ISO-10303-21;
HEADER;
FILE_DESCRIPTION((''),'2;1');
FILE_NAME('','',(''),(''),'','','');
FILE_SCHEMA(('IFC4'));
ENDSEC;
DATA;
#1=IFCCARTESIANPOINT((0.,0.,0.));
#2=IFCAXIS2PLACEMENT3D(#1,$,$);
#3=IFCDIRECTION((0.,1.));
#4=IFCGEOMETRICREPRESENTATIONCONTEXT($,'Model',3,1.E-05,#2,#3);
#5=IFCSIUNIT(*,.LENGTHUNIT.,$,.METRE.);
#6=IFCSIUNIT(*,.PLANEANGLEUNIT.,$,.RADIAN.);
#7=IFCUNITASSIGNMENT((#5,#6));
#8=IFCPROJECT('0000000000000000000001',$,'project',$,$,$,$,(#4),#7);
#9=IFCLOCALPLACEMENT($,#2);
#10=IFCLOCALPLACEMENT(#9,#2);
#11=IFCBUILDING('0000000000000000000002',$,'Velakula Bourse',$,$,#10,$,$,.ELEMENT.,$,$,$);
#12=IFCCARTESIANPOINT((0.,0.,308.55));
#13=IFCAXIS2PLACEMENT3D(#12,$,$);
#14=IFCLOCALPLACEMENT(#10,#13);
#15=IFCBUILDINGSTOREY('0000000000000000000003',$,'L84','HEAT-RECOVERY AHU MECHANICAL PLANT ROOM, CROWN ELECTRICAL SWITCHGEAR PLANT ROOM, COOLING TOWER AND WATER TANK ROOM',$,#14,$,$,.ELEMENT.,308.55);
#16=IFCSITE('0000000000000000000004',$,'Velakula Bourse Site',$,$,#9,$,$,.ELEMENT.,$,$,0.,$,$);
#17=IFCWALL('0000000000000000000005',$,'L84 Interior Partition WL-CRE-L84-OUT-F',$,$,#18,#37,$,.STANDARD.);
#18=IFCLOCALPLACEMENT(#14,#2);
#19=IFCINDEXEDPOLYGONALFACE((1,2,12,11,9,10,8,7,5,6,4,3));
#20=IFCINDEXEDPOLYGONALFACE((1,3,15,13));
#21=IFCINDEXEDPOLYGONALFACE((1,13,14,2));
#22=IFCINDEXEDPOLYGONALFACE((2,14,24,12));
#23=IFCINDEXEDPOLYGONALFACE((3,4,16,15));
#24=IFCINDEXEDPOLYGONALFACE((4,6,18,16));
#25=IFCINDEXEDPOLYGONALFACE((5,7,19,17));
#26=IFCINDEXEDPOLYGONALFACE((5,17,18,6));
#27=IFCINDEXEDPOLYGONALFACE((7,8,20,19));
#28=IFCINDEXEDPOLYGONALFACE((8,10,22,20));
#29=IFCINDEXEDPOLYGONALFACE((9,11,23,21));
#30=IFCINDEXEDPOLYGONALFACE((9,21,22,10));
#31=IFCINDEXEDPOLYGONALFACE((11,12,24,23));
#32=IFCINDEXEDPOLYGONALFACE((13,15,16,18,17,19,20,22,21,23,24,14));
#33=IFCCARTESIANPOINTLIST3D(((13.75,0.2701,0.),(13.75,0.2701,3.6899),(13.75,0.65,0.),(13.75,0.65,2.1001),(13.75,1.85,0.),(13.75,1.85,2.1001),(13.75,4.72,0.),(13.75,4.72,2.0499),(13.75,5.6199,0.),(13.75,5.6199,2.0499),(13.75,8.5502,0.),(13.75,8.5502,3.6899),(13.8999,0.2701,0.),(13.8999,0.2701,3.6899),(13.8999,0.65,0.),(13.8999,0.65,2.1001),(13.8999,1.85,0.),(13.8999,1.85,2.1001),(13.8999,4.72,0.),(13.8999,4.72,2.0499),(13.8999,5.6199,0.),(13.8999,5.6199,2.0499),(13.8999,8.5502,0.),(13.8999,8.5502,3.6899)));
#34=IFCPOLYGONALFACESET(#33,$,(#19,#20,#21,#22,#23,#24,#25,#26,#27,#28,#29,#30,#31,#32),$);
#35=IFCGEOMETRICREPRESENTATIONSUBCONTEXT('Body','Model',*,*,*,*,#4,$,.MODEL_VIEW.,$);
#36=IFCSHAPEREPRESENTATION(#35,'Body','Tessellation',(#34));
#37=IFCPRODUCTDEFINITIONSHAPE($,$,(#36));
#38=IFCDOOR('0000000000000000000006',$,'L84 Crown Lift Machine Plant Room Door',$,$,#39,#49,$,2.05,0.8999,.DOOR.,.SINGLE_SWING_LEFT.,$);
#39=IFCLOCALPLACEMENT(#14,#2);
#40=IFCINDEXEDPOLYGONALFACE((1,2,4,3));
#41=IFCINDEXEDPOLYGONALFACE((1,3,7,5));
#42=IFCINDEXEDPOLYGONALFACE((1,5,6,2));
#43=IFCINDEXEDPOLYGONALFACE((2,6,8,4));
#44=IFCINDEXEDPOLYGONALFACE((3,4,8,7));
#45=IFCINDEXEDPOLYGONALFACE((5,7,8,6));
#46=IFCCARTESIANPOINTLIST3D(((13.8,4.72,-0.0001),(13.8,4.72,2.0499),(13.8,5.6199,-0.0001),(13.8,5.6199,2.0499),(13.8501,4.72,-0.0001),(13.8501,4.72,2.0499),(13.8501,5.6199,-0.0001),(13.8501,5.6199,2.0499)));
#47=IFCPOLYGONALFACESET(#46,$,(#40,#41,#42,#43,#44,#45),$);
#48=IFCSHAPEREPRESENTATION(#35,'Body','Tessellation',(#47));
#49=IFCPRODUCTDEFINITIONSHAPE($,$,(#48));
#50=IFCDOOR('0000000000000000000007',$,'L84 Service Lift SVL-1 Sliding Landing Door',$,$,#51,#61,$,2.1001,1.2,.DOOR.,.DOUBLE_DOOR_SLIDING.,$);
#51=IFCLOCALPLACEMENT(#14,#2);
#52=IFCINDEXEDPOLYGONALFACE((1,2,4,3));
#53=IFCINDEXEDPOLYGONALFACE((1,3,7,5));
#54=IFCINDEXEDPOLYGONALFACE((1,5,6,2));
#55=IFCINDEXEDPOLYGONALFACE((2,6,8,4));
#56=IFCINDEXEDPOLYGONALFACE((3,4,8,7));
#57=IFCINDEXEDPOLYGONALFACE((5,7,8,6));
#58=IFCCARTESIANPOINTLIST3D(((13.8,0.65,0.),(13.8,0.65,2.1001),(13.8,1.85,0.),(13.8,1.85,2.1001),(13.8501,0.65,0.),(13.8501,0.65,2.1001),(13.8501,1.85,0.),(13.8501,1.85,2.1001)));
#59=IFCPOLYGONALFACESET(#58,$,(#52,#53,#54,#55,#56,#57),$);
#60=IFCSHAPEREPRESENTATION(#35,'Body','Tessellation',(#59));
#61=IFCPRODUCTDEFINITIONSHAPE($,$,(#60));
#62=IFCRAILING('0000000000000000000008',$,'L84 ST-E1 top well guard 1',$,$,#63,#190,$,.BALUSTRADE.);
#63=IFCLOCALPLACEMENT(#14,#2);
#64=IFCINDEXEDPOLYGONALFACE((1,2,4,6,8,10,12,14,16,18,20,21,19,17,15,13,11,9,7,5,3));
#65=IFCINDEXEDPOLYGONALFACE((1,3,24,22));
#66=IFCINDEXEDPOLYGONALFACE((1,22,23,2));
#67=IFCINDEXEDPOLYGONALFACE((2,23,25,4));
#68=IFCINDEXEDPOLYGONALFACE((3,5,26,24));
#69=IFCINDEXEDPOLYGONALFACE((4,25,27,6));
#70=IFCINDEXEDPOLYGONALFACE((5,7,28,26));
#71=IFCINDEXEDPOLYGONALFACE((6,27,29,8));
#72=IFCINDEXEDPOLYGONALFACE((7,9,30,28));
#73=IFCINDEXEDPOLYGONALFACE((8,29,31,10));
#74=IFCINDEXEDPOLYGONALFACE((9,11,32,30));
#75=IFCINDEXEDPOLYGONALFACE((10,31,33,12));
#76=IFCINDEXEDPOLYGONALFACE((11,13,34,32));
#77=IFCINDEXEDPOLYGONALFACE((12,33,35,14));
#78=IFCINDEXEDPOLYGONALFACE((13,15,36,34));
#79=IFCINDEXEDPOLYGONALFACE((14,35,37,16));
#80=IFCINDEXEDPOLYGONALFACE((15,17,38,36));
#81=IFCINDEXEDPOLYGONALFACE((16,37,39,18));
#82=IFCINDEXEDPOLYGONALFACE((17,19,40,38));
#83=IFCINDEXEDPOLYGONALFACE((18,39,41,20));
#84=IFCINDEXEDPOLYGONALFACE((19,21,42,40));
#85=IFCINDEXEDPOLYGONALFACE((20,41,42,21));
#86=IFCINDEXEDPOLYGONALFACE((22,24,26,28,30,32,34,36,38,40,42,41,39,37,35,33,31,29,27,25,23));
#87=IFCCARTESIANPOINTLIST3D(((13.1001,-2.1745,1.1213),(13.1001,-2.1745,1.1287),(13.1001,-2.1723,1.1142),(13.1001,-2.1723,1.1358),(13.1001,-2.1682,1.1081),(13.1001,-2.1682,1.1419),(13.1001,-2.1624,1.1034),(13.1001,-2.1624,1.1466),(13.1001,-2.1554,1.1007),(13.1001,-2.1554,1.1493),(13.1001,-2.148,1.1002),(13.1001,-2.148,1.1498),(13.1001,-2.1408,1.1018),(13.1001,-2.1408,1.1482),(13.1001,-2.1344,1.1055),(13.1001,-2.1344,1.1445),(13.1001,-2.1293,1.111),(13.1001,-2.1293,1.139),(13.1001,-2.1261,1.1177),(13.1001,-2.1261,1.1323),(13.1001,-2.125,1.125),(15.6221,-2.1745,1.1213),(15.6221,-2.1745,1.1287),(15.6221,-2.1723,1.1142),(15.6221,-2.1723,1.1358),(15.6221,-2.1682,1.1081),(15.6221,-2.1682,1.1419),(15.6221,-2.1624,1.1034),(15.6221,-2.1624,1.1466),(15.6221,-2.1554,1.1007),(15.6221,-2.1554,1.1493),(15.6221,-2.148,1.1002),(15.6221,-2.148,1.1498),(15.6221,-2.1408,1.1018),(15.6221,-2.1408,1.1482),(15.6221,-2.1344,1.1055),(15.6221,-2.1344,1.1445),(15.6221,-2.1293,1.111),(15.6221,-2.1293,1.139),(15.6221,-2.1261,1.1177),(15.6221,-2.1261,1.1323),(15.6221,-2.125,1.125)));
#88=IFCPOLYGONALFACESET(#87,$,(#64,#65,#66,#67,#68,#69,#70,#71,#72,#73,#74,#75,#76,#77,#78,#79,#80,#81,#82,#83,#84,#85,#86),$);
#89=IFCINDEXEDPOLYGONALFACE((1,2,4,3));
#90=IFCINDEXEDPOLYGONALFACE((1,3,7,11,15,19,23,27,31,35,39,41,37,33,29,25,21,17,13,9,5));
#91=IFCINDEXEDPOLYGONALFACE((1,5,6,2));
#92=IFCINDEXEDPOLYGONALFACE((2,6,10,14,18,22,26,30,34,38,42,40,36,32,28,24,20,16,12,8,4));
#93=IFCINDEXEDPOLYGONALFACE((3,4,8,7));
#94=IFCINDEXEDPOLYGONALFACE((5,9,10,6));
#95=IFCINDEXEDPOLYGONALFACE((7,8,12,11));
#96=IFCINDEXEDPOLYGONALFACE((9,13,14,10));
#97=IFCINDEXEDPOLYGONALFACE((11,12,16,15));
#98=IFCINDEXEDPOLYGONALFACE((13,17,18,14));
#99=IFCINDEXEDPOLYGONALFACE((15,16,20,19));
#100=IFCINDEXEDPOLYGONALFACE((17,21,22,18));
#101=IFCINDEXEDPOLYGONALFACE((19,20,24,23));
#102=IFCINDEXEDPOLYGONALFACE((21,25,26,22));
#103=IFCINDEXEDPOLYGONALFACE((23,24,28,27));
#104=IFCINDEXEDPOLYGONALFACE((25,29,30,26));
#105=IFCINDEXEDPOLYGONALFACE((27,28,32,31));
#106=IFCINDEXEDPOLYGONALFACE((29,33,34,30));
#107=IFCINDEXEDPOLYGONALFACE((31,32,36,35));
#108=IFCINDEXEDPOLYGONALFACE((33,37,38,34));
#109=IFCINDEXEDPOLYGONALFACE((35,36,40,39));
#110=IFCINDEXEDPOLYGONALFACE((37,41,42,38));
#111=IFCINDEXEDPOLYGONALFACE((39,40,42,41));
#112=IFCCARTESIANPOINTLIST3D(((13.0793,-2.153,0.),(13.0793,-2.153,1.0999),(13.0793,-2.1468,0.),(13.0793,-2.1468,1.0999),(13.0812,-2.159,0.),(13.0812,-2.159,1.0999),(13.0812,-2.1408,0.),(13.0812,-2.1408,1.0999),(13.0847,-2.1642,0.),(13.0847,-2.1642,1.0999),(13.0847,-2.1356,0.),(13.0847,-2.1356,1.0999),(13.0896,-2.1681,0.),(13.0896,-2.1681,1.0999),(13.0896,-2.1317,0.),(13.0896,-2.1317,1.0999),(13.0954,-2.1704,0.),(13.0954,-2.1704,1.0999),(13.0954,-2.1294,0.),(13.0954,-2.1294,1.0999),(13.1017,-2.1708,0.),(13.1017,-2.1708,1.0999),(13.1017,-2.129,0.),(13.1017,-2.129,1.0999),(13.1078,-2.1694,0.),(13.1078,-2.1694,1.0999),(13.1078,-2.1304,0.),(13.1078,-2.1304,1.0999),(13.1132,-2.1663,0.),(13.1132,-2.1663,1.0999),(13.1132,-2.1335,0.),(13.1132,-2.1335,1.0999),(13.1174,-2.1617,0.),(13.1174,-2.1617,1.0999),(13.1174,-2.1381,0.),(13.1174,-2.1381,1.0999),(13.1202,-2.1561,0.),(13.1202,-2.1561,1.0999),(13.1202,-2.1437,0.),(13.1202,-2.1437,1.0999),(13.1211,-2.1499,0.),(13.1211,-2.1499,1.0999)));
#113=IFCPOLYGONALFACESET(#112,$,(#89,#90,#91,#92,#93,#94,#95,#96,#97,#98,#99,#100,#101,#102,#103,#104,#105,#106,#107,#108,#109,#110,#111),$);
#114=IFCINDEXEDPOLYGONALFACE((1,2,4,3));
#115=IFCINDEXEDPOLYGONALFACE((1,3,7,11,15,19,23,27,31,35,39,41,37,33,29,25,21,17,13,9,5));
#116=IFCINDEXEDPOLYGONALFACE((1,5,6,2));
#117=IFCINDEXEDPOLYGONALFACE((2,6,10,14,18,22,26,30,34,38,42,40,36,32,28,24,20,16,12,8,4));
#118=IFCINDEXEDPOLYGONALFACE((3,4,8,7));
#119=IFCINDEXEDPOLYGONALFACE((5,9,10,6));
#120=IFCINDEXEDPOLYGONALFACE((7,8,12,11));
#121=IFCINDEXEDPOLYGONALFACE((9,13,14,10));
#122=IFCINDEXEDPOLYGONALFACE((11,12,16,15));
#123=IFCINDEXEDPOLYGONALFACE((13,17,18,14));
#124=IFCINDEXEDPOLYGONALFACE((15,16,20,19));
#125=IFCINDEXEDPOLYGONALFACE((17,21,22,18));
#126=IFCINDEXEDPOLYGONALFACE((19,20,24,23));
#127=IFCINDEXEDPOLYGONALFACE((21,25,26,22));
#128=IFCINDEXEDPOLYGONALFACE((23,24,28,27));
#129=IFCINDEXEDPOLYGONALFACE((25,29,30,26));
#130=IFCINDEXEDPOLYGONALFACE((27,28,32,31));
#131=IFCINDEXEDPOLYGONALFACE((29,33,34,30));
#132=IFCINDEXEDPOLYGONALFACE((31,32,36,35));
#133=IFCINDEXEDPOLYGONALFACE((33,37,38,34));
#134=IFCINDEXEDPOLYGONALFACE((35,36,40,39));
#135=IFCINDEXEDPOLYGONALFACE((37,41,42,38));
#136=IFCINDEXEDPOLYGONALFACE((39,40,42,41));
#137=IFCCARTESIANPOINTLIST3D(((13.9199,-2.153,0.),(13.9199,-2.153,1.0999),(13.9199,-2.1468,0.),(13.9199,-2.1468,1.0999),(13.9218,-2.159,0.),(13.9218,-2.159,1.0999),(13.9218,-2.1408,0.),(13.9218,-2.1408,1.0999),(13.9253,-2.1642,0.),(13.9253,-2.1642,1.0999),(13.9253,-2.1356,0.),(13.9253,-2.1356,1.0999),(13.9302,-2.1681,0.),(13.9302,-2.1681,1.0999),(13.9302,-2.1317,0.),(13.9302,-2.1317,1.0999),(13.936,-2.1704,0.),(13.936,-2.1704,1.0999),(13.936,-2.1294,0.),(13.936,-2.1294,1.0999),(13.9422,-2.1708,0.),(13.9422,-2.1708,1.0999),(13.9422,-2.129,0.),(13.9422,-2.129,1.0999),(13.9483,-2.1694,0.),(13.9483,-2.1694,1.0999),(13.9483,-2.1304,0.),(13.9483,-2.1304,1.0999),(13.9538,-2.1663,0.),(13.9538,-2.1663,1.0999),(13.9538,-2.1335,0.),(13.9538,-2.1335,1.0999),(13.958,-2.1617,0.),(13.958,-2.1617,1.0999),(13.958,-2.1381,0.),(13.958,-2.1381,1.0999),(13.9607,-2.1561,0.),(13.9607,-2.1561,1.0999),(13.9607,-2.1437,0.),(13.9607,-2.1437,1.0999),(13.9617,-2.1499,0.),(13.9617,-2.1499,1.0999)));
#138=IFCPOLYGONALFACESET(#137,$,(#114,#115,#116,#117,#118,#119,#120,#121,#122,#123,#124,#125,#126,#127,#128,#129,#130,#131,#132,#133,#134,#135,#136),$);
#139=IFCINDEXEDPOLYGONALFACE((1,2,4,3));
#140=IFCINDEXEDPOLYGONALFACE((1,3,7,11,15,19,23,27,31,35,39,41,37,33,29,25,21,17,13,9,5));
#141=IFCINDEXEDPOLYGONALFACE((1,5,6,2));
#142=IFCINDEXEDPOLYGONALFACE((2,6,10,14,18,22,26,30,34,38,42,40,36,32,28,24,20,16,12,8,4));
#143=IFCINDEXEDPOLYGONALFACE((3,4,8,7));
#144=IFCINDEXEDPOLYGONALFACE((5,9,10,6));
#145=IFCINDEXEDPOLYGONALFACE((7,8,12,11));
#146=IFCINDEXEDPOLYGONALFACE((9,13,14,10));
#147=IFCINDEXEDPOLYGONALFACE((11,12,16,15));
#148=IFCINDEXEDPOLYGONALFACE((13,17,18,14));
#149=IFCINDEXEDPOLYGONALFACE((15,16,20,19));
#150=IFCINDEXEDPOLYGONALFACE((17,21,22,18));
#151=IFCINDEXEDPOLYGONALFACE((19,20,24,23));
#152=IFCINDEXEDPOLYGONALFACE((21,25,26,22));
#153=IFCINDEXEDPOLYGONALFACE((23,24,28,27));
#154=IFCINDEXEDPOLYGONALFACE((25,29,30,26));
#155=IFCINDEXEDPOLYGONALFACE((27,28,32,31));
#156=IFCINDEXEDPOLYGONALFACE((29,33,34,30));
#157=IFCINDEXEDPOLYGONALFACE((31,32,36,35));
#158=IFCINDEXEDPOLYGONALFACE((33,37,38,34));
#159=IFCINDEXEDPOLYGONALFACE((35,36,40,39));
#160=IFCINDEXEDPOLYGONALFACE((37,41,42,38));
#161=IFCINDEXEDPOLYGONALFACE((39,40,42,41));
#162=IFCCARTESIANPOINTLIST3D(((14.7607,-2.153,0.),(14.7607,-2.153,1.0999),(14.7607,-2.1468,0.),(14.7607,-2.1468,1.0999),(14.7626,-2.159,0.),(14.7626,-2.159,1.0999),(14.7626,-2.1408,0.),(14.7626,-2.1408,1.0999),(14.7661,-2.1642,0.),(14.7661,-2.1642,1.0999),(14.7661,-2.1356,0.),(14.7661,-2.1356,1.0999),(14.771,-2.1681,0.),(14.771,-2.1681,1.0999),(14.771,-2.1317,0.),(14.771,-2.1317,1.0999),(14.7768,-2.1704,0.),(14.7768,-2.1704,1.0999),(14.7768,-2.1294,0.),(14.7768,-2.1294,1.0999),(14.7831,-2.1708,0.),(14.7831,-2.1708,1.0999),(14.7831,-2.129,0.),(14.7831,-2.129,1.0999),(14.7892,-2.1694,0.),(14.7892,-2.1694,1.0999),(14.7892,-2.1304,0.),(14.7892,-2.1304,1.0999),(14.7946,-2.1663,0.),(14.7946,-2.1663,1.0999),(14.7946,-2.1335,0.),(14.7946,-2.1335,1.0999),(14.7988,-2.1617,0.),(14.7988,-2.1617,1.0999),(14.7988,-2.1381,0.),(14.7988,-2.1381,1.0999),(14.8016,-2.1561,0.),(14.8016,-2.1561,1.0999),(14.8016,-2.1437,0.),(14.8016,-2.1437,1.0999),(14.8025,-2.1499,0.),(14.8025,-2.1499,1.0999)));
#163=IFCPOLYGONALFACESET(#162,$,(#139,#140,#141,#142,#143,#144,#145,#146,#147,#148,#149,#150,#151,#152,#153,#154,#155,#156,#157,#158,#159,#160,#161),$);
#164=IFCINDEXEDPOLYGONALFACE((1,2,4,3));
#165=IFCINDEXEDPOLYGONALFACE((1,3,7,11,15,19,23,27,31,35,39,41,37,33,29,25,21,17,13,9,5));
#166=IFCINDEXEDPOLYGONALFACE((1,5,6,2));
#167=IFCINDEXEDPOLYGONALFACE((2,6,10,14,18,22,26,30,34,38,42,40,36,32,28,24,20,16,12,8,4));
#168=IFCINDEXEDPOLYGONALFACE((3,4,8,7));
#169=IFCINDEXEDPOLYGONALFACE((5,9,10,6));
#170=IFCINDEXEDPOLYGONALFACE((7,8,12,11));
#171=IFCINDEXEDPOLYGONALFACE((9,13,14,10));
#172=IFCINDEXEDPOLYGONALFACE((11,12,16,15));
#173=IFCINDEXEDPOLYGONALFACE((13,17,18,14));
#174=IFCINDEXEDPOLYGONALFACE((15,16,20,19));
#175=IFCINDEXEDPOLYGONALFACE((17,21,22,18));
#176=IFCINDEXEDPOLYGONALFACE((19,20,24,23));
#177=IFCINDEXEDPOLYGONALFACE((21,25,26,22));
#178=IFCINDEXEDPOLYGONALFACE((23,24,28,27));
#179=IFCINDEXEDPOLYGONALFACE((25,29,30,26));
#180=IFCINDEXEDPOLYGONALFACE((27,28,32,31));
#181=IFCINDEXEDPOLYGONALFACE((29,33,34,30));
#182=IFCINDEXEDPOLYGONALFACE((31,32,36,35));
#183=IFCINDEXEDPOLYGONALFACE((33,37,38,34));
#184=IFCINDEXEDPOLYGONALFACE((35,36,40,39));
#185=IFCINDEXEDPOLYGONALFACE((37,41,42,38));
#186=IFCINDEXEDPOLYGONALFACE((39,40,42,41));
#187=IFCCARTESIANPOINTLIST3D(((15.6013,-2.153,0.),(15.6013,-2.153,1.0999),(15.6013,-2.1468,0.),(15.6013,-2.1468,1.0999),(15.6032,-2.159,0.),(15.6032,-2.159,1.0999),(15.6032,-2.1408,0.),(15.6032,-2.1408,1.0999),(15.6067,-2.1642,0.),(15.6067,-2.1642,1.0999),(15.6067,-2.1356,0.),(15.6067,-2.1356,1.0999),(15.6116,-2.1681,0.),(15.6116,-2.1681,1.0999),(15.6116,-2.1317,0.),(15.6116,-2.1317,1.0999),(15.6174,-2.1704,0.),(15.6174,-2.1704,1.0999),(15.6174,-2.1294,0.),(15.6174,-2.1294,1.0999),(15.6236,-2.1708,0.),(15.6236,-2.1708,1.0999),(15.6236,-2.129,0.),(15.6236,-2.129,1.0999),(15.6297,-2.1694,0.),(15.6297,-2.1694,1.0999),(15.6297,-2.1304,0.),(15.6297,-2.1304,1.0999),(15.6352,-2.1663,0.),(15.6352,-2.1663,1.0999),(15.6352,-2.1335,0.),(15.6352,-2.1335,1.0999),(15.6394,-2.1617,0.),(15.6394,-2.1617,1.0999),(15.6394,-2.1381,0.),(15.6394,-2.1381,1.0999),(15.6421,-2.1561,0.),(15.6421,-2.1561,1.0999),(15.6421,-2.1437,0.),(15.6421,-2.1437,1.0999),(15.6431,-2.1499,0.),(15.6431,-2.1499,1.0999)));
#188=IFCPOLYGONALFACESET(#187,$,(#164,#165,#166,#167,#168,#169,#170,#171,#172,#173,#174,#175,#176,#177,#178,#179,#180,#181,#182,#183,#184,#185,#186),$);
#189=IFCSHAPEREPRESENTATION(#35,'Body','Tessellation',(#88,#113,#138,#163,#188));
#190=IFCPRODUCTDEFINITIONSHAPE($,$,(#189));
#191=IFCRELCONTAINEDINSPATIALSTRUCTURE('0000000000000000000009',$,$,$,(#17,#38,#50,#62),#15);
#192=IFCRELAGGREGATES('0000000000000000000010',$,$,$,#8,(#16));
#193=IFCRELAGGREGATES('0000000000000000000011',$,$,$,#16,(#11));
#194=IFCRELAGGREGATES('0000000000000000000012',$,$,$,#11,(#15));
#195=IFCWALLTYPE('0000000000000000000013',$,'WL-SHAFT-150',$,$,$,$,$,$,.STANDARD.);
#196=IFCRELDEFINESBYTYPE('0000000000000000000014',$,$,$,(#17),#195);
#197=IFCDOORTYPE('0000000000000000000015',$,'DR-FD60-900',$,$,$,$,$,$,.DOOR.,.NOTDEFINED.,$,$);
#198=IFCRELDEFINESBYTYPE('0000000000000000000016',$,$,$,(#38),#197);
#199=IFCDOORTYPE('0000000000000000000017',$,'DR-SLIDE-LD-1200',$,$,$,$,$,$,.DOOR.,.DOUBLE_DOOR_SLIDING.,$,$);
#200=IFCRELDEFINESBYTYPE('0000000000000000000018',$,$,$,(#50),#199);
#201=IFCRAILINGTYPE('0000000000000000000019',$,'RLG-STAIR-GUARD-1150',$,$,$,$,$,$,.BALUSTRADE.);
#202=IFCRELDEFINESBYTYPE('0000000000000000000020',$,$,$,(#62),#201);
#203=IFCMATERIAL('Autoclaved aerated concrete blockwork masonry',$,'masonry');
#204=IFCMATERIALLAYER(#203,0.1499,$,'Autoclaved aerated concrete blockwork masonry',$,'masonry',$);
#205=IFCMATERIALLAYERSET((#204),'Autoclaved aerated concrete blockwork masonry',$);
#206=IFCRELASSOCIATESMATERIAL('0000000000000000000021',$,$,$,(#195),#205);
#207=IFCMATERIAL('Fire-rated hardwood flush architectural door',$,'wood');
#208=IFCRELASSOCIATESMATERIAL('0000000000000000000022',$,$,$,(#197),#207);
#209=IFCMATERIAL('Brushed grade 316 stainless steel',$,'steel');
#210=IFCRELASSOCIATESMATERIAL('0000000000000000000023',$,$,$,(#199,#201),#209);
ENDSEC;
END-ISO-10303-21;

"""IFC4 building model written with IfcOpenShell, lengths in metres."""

from ifc_helpers import new_model, si_unit, direction, frame, frame_2d, origin, origin_2d, place, context, subcontext, project, spatial, rectangle, circle, extrude, material, layer, layer_set, type_object, element, fill, save


model = new_model("IFC4")

# Units and contexts
model_context = context("Model", 3, precision=1e-05, world=origin(), true_north=direction((0.0, 1.0)))
body_context = subcontext(model_context, "Body", "Model", "MODEL_VIEW")
ifc_project = project(units=[si_unit("LENGTHUNIT", "METRE"), si_unit("PLANEANGLEUNIT", "RADIAN")], contexts=[model_context])

# Site, building, storey
site_placement = place(None, origin())
site = spatial("IfcSite", under=ifc_project, at=site_placement, Name="Velakula Bourse Site", CompositionType="ELEMENT", RefElevation=0.0)
building_placement = place(site_placement, origin())
building = spatial("IfcBuilding", under=site, at=building_placement, Name="Velakula Bourse", CompositionType="ELEMENT")
storey_placement = place(building_placement, frame((0.0, 0.0, 308.55)))
storey = spatial("IfcBuildingStorey", under=building, at=storey_placement, Name="L84", Description="HEAT-RECOVERY AHU MECHANICAL PLANT ROOM, CROWN ELECTRICAL SWITCHGEAR PLANT ROOM, COOLING TOWER AND WATER TANK ROOM", CompositionType="ELEMENT", Elevation=308.55)

# Shared definitions
ifc_material_1 = material(Name="Fire-rated hardwood flush architectural door", Category="wood")

# Wall, openings, doors
ifc_material_2 = material(Name="Autoclaved aerated concrete blockwork masonry", Category="masonry")
ifc_layer_1 = layer(ifc_material_2, 0.1499, Name="Autoclaved aerated concrete blockwork masonry", Category="masonry")
ifc_layer_set_1 = layer_set([ifc_layer_1], Name="Autoclaved aerated concrete blockwork masonry")
wall_type_1 = type_object("IfcWallType", Name="WL-SHAFT-150", PredefinedType="STANDARD", material=ifc_layer_set_1)
door_type_1 = type_object("IfcDoorType", Name="DR-FD60-900", OperationType="NOTDEFINED", PredefinedType="DOOR", material=ifc_material_1)
wall_1_placement = place(storey_placement, frame((13.825, 0.27, 0.0), z_axis=(0.0, 0.0, 1.0), x_axis=(0.0, 1.0, 0.0)))
wall_1 = element("IfcWall", 1, at=wall_1_placement, inside=storey, type_object=wall_type_1, Name="L84 Interior Partition WL-CRE-L84-OUT-F", PredefinedType="STANDARD", context=body_context, shape_type="SweptSolid", body=[
    extrude(rectangle(XDim=8.28, YDim=0.1499, at=frame_2d((4.1401, 0.0))), origin(), (0.0, 0.0, 1.0), 3.6899),
])
opening_1_placement = place(wall_1_placement, frame((4.45, 0.0, 0.0)))
opening_1 = element("IfcOpeningElement", 2, at=opening_1_placement, cuts=wall_1, PredefinedType="OPENING", context=body_context, shape_type="SweptSolid", body=[
    extrude(rectangle(XDim=0.8999, YDim=2.05, at=frame_2d((0.45, 1.0249))), frame((0.0, 0.085, 0.0), z_axis=(0.0, -1.0, 0.0), x_axis=(1.0, 0.0, 0.0)), (0.0, 0.0, 1.0), 0.1699),
])
opening_2_placement = place(wall_1_placement, frame((0.3799, 0.0, 0.0)))
opening_2 = element("IfcOpeningElement", 3, at=opening_2_placement, cuts=wall_1, PredefinedType="OPENING", context=body_context, shape_type="SweptSolid", body=[
    extrude(rectangle(XDim=1.2, YDim=2.1001, at=frame_2d((0.6001, 1.05))), frame((0.0, 0.085, 0.0), z_axis=(0.0, -1.0, 0.0), x_axis=(1.0, 0.0, 0.0)), (0.0, 0.0, 1.0), 0.1699),
])
door_1_placement = place(opening_1_placement, origin())
door_1 = element("IfcDoor", 4, at=door_1_placement, inside=storey, type_object=door_type_1, Name="L84 Crown Lift Machine Plant Room Door", OperationType="SINGLE_SWING_LEFT", OverallHeight=2.05, OverallWidth=0.8999, PredefinedType="DOOR", context=body_context, shape_type="SweptSolid", body=[
    extrude(rectangle(XDim=0.8999, YDim=2.05, at=frame_2d((0.45, 1.0249))), frame((0.0, 0.0249, 0.0), z_axis=(0.0, -1.0, 0.0), x_axis=(1.0, 0.0, 0.0)), (0.0, 0.0, 1.0), 0.05),
])
fill(opening_1, door_1)
ifc_material_3 = material(Name="Brushed grade 316 stainless steel", Category="steel")
door_type_2 = type_object("IfcDoorType", Name="DR-SLIDE-LD-1200", OperationType="DOUBLE_DOOR_SLIDING", PredefinedType="DOOR", material=ifc_material_3)
door_2_placement = place(opening_2_placement, origin())
door_2 = element("IfcDoor", 5, at=door_2_placement, inside=storey, type_object=door_type_2, Name="L84 Service Lift SVL-1 Sliding Landing Door", OperationType="DOUBLE_DOOR_SLIDING", OverallHeight=2.1001, OverallWidth=1.2, PredefinedType="DOOR", context=body_context, shape_type="SweptSolid", body=[
    extrude(rectangle(XDim=1.2, YDim=2.1001, at=frame_2d((0.6001, 1.05))), frame((0.0, 0.0249, 0.0), z_axis=(0.0, -1.0, 0.0), x_axis=(1.0, 0.0, 0.0)), (0.0, 0.0, 1.0), 0.05),
])
fill(opening_2, door_2)

# Railing
railing_type = type_object("IfcRailingType", Name="RLG-STAIR-GUARD-1150", PredefinedType="BALUSTRADE", material=ifc_material_3)
railing_placement = place(storey_placement, frame((13.1001, -2.1499, 0.0)))
element("IfcRailing", 6, at=railing_placement, inside=storey, type_object=railing_type, Name="L84 ST-E1 top well guard 1", PredefinedType="BALUSTRADE", context=body_context, shape_type="SweptSolid", body=[
    extrude(circle(Radius=0.0249, at=origin_2d()), frame((0.0, 0.0, 1.125), z_axis=(1.0, 0.0, 0.0), x_axis=(0.0, 1.0, 0.0)), (0.0, 0.0, 1.0), 2.522),
    extrude(circle(Radius=0.021, at=origin_2d()), origin(), (0.0, 0.0, 1.0), 1.0999),
    extrude(circle(Radius=0.021, at=origin_2d()), frame((0.8406, 0.0, 0.0)), (0.0, 0.0, 1.0), 1.0999),
    extrude(circle(Radius=0.021, at=origin_2d()), frame((1.6814, 0.0, 0.0)), (0.0, 0.0, 1.0), 1.0999),
    extrude(circle(Radius=0.021, at=origin_2d()), frame((2.522, 0.0, 0.0)), (0.0, 0.0, 1.0), 1.0999),
])

save(model, "model.ifc")
